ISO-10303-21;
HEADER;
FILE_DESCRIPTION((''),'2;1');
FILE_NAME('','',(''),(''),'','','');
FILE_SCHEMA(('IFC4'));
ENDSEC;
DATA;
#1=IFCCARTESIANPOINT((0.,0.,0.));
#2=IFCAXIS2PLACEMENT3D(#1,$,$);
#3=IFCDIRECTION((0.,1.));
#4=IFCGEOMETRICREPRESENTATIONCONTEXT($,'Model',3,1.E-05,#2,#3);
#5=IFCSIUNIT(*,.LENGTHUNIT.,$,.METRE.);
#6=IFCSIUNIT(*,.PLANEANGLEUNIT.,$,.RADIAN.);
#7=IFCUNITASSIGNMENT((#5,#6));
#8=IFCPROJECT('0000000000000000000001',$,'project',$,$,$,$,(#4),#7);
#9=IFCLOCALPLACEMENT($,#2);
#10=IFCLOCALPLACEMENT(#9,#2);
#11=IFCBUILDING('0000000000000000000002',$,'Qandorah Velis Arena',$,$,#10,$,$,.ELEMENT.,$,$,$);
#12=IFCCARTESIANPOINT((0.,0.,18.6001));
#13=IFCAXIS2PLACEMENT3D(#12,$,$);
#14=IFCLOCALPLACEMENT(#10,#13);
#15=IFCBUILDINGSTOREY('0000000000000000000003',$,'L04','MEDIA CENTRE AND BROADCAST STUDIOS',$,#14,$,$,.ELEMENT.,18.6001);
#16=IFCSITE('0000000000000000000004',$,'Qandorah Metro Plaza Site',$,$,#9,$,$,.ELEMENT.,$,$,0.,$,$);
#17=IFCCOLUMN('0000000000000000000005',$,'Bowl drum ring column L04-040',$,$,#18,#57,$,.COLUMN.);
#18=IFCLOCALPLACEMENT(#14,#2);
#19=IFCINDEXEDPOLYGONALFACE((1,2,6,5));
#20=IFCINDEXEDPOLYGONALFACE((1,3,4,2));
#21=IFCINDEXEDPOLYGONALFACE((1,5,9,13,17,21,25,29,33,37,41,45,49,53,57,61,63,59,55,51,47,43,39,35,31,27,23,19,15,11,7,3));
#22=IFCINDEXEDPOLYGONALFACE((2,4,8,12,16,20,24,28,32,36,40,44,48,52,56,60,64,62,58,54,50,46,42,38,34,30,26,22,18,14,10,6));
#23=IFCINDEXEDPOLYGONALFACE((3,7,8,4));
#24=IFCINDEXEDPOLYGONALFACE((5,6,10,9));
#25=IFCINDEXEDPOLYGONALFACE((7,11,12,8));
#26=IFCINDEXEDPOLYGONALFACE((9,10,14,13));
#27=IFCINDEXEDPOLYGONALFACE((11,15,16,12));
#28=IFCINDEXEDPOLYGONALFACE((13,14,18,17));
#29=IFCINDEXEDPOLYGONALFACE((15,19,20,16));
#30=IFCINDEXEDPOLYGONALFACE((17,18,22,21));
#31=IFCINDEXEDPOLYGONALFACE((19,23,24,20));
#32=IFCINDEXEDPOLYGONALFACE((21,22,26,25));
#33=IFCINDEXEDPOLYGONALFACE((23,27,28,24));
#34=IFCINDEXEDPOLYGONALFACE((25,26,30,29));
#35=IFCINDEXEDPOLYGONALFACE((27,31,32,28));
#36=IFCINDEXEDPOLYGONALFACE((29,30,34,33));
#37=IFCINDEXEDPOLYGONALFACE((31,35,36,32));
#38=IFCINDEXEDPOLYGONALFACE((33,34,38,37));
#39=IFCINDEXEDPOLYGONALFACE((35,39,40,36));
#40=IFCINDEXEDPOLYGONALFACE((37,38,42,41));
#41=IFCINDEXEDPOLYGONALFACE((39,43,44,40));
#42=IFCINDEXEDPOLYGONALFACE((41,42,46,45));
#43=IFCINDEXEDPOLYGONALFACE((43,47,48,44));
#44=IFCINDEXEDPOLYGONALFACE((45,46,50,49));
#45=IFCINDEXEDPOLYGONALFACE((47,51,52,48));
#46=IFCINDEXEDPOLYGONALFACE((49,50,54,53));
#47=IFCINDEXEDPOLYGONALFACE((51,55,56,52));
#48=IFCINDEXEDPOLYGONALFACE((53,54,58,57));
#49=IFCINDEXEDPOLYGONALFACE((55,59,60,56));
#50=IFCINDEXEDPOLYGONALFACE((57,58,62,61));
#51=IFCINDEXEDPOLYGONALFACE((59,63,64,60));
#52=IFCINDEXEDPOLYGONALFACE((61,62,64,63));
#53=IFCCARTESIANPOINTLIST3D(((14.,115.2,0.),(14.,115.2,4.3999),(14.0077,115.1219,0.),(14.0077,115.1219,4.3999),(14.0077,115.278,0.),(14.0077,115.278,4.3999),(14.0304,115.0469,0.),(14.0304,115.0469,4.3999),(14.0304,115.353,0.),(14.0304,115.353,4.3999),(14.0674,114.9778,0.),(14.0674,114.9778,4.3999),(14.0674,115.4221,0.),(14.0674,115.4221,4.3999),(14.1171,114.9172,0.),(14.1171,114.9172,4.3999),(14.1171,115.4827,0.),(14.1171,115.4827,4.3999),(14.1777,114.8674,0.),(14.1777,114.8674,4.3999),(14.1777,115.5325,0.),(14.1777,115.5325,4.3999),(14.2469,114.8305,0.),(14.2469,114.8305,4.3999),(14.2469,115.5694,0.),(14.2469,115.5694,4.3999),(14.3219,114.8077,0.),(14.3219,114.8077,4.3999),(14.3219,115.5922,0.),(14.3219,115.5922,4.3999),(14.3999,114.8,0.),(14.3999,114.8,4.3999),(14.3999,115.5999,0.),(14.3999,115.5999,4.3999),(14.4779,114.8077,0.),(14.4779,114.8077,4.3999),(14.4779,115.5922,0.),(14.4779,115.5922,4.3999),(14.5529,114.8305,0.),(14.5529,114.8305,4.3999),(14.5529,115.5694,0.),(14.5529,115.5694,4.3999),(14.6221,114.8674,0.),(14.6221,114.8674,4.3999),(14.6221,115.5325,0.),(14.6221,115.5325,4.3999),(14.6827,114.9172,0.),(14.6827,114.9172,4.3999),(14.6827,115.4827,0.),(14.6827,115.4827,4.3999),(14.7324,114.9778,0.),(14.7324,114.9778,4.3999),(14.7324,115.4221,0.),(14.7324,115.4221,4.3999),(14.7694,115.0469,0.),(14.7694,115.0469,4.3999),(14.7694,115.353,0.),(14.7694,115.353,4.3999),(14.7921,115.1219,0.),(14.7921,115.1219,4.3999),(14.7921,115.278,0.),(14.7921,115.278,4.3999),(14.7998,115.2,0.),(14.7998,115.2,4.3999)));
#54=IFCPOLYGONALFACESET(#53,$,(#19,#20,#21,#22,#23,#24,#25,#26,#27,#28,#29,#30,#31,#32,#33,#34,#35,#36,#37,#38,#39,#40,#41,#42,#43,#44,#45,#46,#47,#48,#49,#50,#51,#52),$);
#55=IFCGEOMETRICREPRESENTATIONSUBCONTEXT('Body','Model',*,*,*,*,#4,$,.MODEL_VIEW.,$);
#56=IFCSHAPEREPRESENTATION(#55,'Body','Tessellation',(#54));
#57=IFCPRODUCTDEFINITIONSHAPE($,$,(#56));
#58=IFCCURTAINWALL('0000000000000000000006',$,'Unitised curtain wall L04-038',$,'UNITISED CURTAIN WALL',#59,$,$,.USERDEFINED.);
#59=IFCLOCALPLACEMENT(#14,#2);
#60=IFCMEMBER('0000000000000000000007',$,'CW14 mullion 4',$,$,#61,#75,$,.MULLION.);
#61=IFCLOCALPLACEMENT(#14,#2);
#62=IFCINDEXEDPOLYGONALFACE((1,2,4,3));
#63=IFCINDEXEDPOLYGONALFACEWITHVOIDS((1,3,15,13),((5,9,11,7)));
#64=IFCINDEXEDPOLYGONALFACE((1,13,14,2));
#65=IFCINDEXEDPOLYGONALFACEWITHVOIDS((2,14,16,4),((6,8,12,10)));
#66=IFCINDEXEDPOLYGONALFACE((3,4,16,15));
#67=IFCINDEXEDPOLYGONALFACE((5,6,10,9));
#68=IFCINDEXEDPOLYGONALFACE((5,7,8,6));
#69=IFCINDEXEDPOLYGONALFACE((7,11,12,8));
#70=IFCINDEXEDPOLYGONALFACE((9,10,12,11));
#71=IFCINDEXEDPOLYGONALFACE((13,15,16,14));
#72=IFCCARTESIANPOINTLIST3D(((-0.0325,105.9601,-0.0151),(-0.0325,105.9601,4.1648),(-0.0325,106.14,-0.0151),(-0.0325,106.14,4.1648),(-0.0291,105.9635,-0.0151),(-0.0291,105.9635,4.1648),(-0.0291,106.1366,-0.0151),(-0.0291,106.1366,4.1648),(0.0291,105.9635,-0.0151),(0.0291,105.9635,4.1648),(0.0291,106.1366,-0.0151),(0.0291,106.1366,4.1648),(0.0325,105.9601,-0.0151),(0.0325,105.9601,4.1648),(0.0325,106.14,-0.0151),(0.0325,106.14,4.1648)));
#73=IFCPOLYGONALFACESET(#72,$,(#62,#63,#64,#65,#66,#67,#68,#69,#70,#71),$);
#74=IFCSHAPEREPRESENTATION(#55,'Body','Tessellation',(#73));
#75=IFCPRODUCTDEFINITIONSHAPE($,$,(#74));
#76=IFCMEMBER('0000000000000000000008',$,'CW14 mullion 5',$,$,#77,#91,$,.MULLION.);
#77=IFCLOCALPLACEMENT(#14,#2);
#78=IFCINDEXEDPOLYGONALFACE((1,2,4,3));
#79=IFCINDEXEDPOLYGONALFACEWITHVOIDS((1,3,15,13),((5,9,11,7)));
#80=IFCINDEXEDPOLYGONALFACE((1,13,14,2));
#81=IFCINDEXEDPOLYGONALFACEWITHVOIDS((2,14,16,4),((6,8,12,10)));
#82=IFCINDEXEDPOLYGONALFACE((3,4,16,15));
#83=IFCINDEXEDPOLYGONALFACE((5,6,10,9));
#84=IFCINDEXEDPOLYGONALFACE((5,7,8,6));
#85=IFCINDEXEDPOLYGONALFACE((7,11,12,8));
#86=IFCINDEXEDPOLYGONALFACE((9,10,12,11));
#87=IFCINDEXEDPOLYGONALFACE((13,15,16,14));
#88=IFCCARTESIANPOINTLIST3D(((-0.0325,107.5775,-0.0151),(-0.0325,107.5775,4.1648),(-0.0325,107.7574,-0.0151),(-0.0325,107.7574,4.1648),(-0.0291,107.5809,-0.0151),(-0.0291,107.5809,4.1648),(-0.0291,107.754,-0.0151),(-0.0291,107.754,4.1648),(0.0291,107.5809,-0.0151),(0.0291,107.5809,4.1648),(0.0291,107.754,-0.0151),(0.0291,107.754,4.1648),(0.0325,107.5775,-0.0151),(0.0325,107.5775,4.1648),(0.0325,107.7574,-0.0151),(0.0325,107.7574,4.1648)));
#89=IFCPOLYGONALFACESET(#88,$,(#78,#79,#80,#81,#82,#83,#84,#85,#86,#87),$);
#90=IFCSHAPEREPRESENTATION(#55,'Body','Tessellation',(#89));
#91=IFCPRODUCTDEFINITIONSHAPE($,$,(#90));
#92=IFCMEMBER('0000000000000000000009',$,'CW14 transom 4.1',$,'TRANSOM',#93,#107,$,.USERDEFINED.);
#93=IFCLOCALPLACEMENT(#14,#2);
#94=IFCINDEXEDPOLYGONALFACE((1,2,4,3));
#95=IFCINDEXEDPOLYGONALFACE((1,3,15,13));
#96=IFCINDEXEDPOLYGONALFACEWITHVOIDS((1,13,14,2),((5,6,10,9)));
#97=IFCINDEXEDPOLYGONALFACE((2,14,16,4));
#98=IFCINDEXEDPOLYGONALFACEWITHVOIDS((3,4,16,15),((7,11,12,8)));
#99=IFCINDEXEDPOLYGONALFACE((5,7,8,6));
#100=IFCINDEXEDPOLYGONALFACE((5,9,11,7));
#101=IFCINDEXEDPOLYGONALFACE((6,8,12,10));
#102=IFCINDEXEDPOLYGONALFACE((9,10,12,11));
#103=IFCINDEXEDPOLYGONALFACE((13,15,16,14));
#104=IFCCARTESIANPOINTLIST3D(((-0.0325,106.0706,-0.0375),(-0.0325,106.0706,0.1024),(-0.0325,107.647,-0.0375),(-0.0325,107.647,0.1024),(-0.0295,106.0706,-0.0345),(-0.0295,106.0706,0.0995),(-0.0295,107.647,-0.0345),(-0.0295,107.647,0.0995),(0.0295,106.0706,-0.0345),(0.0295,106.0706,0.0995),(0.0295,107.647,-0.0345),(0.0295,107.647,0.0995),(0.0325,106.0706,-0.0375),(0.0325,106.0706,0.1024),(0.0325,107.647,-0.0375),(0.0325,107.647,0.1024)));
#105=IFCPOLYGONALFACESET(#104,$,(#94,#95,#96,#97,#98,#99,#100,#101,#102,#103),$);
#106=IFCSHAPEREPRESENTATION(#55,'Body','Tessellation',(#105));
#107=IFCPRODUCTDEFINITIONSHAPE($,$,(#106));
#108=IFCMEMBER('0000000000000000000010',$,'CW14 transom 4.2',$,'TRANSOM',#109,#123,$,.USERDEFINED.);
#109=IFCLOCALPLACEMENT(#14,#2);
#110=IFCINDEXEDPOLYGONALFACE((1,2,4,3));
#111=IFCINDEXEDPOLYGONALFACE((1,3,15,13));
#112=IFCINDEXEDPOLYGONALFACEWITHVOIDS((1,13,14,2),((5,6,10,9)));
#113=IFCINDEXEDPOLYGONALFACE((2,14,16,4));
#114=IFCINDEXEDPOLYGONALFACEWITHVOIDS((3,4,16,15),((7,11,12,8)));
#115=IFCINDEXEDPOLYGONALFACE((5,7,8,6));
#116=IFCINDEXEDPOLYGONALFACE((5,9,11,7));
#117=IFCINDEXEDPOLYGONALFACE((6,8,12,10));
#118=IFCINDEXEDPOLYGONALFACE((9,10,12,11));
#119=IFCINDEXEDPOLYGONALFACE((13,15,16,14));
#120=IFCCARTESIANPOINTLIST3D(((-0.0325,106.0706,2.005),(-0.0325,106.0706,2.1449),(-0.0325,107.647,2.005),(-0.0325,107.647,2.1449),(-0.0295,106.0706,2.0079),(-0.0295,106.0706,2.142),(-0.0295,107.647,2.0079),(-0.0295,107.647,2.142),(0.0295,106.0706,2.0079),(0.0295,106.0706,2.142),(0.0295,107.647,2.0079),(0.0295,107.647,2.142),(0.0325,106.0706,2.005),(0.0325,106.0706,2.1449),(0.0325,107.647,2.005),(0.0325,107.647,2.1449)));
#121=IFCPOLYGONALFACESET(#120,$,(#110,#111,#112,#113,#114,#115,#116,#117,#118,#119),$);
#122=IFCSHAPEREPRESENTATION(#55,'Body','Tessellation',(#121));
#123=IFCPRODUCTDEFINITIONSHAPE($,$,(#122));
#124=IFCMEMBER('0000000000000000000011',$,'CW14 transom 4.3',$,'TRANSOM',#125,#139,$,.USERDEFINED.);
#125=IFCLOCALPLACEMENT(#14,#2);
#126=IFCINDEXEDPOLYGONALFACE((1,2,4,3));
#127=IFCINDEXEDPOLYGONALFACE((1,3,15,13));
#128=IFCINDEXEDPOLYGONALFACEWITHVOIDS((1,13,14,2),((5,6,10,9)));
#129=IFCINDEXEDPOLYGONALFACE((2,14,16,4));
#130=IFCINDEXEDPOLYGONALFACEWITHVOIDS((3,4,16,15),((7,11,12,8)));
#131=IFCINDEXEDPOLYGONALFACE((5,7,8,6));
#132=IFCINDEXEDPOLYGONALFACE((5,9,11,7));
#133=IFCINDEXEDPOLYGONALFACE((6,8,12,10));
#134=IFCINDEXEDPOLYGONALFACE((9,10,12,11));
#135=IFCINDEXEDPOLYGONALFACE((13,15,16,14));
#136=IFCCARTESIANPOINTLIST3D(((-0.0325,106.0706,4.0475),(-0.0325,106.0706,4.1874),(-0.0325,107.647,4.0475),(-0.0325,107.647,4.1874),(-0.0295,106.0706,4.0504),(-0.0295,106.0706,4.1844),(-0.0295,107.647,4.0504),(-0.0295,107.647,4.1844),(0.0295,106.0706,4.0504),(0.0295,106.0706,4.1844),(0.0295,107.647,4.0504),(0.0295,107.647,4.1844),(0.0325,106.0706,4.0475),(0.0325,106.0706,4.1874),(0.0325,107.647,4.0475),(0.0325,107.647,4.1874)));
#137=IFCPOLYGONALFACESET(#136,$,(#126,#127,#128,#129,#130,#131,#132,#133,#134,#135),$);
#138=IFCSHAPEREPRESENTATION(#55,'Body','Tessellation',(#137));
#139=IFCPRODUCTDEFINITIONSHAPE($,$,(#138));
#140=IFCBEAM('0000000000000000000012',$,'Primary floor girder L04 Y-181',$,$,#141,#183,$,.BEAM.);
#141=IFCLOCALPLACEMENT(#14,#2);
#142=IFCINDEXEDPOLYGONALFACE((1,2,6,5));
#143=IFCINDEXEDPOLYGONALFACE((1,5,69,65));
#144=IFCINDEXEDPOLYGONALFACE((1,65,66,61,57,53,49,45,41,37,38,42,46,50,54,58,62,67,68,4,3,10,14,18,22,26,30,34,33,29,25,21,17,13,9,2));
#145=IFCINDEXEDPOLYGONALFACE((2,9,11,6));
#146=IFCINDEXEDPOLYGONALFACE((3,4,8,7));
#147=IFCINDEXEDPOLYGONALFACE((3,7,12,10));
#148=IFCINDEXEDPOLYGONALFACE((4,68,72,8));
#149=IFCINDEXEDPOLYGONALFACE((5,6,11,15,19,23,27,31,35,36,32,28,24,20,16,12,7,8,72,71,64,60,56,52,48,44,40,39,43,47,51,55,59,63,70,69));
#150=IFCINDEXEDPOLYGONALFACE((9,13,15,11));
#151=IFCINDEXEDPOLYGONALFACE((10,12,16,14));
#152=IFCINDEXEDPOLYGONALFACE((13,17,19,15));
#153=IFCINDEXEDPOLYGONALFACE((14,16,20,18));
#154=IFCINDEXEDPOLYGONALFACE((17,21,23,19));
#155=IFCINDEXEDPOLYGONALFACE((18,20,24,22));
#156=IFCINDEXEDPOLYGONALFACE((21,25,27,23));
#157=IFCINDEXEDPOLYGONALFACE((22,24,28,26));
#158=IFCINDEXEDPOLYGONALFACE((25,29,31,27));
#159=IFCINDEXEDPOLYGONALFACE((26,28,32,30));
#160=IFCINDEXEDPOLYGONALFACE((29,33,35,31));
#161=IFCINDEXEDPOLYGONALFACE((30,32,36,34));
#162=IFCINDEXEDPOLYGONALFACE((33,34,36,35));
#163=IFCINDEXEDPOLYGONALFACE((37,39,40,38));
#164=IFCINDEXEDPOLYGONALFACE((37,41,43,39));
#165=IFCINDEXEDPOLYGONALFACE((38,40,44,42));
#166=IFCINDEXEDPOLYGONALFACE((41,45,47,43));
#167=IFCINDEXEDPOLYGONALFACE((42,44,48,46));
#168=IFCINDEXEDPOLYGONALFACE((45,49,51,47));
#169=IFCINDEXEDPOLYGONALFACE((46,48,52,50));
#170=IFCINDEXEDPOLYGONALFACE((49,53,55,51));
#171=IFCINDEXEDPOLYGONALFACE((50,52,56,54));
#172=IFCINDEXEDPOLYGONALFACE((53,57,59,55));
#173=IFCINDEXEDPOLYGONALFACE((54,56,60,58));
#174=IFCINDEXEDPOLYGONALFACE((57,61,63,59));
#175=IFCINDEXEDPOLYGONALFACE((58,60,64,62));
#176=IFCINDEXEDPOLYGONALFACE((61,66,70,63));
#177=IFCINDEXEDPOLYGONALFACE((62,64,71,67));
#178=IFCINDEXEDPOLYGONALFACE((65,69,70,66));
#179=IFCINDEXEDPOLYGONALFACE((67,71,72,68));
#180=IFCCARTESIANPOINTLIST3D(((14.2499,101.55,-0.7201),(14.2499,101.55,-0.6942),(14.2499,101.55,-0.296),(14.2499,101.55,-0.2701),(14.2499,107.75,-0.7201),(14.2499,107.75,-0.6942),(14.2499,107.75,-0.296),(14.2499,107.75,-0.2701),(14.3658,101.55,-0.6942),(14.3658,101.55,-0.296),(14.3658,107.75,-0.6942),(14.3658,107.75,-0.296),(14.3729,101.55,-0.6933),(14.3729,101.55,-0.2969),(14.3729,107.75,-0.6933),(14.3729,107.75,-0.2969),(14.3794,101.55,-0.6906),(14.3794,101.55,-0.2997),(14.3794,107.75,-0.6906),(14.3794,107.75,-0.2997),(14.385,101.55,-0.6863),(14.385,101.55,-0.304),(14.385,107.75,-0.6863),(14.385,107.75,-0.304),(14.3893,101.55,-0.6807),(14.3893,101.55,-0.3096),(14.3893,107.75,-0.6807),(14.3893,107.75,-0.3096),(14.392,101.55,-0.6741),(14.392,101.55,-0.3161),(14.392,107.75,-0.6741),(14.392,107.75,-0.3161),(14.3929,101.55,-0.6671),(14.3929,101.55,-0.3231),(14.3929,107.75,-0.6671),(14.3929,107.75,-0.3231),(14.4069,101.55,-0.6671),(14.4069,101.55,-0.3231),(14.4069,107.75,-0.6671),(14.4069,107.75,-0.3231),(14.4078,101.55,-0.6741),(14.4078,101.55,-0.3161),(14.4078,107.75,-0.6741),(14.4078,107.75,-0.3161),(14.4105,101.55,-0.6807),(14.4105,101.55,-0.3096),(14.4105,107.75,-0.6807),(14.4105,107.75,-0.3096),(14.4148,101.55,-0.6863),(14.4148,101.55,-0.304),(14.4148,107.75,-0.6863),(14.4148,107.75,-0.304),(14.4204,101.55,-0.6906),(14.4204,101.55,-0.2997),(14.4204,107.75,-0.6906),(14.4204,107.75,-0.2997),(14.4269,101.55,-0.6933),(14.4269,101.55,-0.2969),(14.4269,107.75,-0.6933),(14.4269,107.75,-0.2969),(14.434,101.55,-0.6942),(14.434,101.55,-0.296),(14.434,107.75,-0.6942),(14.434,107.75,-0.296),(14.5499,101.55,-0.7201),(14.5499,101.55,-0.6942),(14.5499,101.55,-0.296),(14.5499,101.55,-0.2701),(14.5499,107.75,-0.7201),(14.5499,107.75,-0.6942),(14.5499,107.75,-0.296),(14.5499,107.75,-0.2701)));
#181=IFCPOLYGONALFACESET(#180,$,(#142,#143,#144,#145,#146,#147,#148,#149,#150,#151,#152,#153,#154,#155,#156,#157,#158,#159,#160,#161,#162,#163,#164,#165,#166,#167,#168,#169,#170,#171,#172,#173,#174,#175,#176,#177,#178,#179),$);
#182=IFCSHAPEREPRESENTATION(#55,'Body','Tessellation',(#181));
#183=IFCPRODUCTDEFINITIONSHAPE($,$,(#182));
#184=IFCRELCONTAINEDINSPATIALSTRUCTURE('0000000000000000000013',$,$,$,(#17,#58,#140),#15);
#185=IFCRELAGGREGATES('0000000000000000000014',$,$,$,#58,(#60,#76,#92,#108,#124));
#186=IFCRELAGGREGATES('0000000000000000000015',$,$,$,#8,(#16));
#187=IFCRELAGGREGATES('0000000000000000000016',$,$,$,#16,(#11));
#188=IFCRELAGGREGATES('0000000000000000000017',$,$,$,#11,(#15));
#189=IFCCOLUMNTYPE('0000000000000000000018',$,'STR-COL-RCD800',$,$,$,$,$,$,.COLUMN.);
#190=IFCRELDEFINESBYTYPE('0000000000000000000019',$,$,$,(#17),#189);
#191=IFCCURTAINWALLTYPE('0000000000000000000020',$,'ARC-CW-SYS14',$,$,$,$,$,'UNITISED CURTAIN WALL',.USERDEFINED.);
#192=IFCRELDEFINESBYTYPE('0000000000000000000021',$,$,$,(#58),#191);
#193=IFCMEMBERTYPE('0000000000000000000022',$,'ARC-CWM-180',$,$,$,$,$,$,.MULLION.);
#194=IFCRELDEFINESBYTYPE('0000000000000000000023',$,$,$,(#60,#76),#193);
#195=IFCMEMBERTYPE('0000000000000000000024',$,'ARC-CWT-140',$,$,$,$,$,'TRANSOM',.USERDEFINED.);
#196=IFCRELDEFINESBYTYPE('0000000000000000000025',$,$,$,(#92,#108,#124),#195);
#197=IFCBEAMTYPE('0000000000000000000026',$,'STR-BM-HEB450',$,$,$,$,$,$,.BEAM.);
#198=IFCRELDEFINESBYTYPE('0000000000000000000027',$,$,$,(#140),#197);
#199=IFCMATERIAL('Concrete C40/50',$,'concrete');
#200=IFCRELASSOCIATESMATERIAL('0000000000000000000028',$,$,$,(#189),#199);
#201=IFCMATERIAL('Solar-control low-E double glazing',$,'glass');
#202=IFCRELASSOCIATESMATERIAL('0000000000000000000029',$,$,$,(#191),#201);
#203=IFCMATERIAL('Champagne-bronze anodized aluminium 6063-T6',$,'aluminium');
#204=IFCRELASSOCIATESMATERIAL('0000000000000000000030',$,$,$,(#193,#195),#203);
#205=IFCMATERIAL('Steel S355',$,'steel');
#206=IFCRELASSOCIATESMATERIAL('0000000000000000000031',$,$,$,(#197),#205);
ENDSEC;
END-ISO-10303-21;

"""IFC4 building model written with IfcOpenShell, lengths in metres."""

from ifc_helpers import new_model, si_unit, direction, frame, origin, origin_2d, place, context, subcontext, project, spatial, hollow_rectangle, circle, i_section, extrude, material, material_profile, profile_set, type_object, element, aggregate, save


model = new_model("IFC4")

# Units and contexts
model_context = context("Model", 3, precision=1e-05, world=origin(), true_north=direction((0.0, 1.0)))
body_context = subcontext(model_context, "Body", "Model", "MODEL_VIEW")
ifc_project = project(units=[si_unit("LENGTHUNIT", "METRE"), si_unit("PLANEANGLEUNIT", "RADIAN")], contexts=[model_context])

# Site, building, storey
site_placement = place(None, origin())
site = spatial("IfcSite", under=ifc_project, at=site_placement, Name="Qandorah Metro Plaza Site", CompositionType="ELEMENT", RefElevation=0.0)
building_placement = place(site_placement, origin())
building = spatial("IfcBuilding", under=site, at=building_placement, Name="Qandorah Velis Arena", CompositionType="ELEMENT")
storey_placement = place(building_placement, frame((0.0, 0.0, 18.6001)))
storey = spatial("IfcBuildingStorey", under=building, at=storey_placement, Name="L04", Description="MEDIA CENTRE AND BROADCAST STUDIOS", CompositionType="ELEMENT", Elevation=18.6001)

# Column
ifc_material_1 = material(Name="Steel S355", Category="steel")
ifc_material_2 = material(Name="Concrete C40/50", Category="concrete")
ifc_material_profile_1 = material_profile(ifc_material_2, circle(Radius=0.3999, at=origin_2d()), Name="RC D800")
ifc_profile_set_1 = profile_set([ifc_material_profile_1], Name="Concrete C40/50")
column_type_1 = type_object("IfcColumnType", Name="STR-COL-RCD800", PredefinedType="COLUMN", material=ifc_profile_set_1)
column_placement = place(storey_placement, frame((14.3999, 115.2, 0.0), z_axis=(0.0, 0.0, 1.0), x_axis=(1.0, 0.0, 0.0)))
element("IfcColumn", 1, at=column_placement, inside=storey, type_object=column_type_1, Name="Bowl drum ring column L04-040", PredefinedType="COLUMN", context=body_context, shape_type="SweptSolid", body=[
    extrude(circle(Radius=0.3999, at=origin_2d()), origin(), (0.0, 0.0, 1.0), 4.3999),
])

# Curtain wall, members
ifc_material_3 = material(Name="Solar-control low-E double glazing", Category="glass")
curtain_wall_type = type_object("IfcCurtainWallType", Name="ARC-CW-SYS14", ElementType="UNITISED CURTAIN WALL", PredefinedType="USERDEFINED", material=ifc_material_3)
curtain_wall_placement = place(storey_placement, origin())
curtain_wall = element("IfcCurtainWall", 2, at=curtain_wall_placement, inside=storey, type_object=curtain_wall_type, Name="Unitised curtain wall L04-038", ObjectType="UNITISED CURTAIN WALL", PredefinedType="USERDEFINED")
ifc_material_4 = material(Name="Champagne-bronze anodized aluminium 6063-T6", Category="aluminium")
ifc_material_profile_2 = material_profile(ifc_material_4, hollow_rectangle(XDim=0.0649, YDim=0.1799, WallThickness=0.0034, at=origin_2d()), Name="ALU MULLION 65x180")
ifc_profile_set_2 = profile_set([ifc_material_profile_2], Name="Champagne-bronze anodized aluminium 6063-T6")
member_type_1 = type_object("IfcMemberType", Name="ARC-CWM-180", PredefinedType="MULLION", material=ifc_profile_set_2)
member_1_placement = place(storey_placement, frame((0.0, 106.05, -0.0151), z_axis=(0.0, 0.0, 1.0), x_axis=(-1.0, 0.0, 0.0)))
member_1 = element("IfcMember", 3, at=member_1_placement, type_object=member_type_1, Name="CW14 mullion 4", PredefinedType="MULLION", context=body_context, shape_type="SweptSolid", body=[
    extrude(hollow_rectangle(XDim=0.0649, YDim=0.1799, WallThickness=0.0034, at=origin_2d()), origin(), (0.0, 0.0, 1.0), 4.1799),
])
member_2_placement = place(storey_placement, frame((0.0, 107.6675, -0.0151), z_axis=(0.0, 0.0, 1.0), x_axis=(-1.0, 0.0, 0.0)))
member_2 = element("IfcMember", 4, at=member_2_placement, type_object=member_type_1, Name="CW14 mullion 5", PredefinedType="MULLION", context=body_context, shape_type="SweptSolid", body=[
    extrude(hollow_rectangle(XDim=0.0649, YDim=0.1799, WallThickness=0.0034, at=origin_2d()), origin(), (0.0, 0.0, 1.0), 4.1799),
])
ifc_material_profile_3 = material_profile(ifc_material_4, hollow_rectangle(XDim=0.0649, YDim=0.1399, WallThickness=0.0029, at=origin_2d()), Name="ALU TRANSOM 65x140")
ifc_profile_set_3 = profile_set([ifc_material_profile_3], Name="Champagne-bronze anodized aluminium 6063-T6")
member_type_2 = type_object("IfcMemberType", Name="ARC-CWT-140", ElementType="TRANSOM", PredefinedType="USERDEFINED", material=ifc_profile_set_3)
member_3_placement = place(storey_placement, frame((0.0, 106.0706, 0.0325), z_axis=(0.0, 1.0, 0.0), x_axis=(-1.0, 0.0, 0.0)))
member_3 = element("IfcMember", 5, at=member_3_placement, type_object=member_type_2, Name="CW14 transom 4.1", ObjectType="TRANSOM", PredefinedType="USERDEFINED", context=body_context, shape_type="SweptSolid", body=[
    extrude(hollow_rectangle(XDim=0.0649, YDim=0.1399, WallThickness=0.0029, at=origin_2d()), origin(), (0.0, 0.0, 1.0), 1.5764),
])
member_4_placement = place(storey_placement, frame((0.0, 106.0706, 2.075), z_axis=(0.0, 1.0, 0.0), x_axis=(-1.0, 0.0, 0.0)))
member_4 = element("IfcMember", 6, at=member_4_placement, type_object=member_type_2, Name="CW14 transom 4.2", ObjectType="TRANSOM", PredefinedType="USERDEFINED", context=body_context, shape_type="SweptSolid", body=[
    extrude(hollow_rectangle(XDim=0.0649, YDim=0.1399, WallThickness=0.0029, at=origin_2d()), origin(), (0.0, 0.0, 1.0), 1.5764),
])
member_5_placement = place(storey_placement, frame((0.0, 106.0706, 4.1174), z_axis=(0.0, 1.0, 0.0), x_axis=(-1.0, 0.0, 0.0)))
member_5 = element("IfcMember", 7, at=member_5_placement, type_object=member_type_2, Name="CW14 transom 4.3", ObjectType="TRANSOM", PredefinedType="USERDEFINED", context=body_context, shape_type="SweptSolid", body=[
    extrude(hollow_rectangle(XDim=0.0649, YDim=0.1399, WallThickness=0.0029, at=origin_2d()), origin(), (0.0, 0.0, 1.0), 1.5764),
])

# Beam
ifc_material_profile_4 = material_profile(ifc_material_1, i_section(OverallWidth=0.3, OverallDepth=0.45, WebThickness=0.0139, FlangeThickness=0.0259, FilletRadius=0.0271, at=origin_2d()), Name="HEB 450")
ifc_profile_set_4 = profile_set([ifc_material_profile_4], Name="Steel S355")
beam_type_1 = type_object("IfcBeamType", Name="STR-BM-HEB450", PredefinedType="BEAM", material=ifc_profile_set_4)
beam_1_placement = place(storey_placement, frame((14.3999, 101.55, -0.4951), z_axis=(0.0, 1.0, 0.0), x_axis=(-1.0, 0.0, 0.0)))
element("IfcBeam", 8, at=beam_1_placement, inside=storey, type_object=beam_type_1, Name="Primary floor girder L04 Y-181", PredefinedType="BEAM", context=body_context, shape_type="SweptSolid", body=[
    extrude(i_section(OverallWidth=0.3, OverallDepth=0.45, WebThickness=0.0139, FlangeThickness=0.0259, FilletRadius=0.0271, at=origin_2d()), origin(), (0.0, 0.0, 1.0), 6.2),
])

aggregate(curtain_wall, [member_1, member_2, member_3, member_4, member_5])

save(model, "model.ifc")
